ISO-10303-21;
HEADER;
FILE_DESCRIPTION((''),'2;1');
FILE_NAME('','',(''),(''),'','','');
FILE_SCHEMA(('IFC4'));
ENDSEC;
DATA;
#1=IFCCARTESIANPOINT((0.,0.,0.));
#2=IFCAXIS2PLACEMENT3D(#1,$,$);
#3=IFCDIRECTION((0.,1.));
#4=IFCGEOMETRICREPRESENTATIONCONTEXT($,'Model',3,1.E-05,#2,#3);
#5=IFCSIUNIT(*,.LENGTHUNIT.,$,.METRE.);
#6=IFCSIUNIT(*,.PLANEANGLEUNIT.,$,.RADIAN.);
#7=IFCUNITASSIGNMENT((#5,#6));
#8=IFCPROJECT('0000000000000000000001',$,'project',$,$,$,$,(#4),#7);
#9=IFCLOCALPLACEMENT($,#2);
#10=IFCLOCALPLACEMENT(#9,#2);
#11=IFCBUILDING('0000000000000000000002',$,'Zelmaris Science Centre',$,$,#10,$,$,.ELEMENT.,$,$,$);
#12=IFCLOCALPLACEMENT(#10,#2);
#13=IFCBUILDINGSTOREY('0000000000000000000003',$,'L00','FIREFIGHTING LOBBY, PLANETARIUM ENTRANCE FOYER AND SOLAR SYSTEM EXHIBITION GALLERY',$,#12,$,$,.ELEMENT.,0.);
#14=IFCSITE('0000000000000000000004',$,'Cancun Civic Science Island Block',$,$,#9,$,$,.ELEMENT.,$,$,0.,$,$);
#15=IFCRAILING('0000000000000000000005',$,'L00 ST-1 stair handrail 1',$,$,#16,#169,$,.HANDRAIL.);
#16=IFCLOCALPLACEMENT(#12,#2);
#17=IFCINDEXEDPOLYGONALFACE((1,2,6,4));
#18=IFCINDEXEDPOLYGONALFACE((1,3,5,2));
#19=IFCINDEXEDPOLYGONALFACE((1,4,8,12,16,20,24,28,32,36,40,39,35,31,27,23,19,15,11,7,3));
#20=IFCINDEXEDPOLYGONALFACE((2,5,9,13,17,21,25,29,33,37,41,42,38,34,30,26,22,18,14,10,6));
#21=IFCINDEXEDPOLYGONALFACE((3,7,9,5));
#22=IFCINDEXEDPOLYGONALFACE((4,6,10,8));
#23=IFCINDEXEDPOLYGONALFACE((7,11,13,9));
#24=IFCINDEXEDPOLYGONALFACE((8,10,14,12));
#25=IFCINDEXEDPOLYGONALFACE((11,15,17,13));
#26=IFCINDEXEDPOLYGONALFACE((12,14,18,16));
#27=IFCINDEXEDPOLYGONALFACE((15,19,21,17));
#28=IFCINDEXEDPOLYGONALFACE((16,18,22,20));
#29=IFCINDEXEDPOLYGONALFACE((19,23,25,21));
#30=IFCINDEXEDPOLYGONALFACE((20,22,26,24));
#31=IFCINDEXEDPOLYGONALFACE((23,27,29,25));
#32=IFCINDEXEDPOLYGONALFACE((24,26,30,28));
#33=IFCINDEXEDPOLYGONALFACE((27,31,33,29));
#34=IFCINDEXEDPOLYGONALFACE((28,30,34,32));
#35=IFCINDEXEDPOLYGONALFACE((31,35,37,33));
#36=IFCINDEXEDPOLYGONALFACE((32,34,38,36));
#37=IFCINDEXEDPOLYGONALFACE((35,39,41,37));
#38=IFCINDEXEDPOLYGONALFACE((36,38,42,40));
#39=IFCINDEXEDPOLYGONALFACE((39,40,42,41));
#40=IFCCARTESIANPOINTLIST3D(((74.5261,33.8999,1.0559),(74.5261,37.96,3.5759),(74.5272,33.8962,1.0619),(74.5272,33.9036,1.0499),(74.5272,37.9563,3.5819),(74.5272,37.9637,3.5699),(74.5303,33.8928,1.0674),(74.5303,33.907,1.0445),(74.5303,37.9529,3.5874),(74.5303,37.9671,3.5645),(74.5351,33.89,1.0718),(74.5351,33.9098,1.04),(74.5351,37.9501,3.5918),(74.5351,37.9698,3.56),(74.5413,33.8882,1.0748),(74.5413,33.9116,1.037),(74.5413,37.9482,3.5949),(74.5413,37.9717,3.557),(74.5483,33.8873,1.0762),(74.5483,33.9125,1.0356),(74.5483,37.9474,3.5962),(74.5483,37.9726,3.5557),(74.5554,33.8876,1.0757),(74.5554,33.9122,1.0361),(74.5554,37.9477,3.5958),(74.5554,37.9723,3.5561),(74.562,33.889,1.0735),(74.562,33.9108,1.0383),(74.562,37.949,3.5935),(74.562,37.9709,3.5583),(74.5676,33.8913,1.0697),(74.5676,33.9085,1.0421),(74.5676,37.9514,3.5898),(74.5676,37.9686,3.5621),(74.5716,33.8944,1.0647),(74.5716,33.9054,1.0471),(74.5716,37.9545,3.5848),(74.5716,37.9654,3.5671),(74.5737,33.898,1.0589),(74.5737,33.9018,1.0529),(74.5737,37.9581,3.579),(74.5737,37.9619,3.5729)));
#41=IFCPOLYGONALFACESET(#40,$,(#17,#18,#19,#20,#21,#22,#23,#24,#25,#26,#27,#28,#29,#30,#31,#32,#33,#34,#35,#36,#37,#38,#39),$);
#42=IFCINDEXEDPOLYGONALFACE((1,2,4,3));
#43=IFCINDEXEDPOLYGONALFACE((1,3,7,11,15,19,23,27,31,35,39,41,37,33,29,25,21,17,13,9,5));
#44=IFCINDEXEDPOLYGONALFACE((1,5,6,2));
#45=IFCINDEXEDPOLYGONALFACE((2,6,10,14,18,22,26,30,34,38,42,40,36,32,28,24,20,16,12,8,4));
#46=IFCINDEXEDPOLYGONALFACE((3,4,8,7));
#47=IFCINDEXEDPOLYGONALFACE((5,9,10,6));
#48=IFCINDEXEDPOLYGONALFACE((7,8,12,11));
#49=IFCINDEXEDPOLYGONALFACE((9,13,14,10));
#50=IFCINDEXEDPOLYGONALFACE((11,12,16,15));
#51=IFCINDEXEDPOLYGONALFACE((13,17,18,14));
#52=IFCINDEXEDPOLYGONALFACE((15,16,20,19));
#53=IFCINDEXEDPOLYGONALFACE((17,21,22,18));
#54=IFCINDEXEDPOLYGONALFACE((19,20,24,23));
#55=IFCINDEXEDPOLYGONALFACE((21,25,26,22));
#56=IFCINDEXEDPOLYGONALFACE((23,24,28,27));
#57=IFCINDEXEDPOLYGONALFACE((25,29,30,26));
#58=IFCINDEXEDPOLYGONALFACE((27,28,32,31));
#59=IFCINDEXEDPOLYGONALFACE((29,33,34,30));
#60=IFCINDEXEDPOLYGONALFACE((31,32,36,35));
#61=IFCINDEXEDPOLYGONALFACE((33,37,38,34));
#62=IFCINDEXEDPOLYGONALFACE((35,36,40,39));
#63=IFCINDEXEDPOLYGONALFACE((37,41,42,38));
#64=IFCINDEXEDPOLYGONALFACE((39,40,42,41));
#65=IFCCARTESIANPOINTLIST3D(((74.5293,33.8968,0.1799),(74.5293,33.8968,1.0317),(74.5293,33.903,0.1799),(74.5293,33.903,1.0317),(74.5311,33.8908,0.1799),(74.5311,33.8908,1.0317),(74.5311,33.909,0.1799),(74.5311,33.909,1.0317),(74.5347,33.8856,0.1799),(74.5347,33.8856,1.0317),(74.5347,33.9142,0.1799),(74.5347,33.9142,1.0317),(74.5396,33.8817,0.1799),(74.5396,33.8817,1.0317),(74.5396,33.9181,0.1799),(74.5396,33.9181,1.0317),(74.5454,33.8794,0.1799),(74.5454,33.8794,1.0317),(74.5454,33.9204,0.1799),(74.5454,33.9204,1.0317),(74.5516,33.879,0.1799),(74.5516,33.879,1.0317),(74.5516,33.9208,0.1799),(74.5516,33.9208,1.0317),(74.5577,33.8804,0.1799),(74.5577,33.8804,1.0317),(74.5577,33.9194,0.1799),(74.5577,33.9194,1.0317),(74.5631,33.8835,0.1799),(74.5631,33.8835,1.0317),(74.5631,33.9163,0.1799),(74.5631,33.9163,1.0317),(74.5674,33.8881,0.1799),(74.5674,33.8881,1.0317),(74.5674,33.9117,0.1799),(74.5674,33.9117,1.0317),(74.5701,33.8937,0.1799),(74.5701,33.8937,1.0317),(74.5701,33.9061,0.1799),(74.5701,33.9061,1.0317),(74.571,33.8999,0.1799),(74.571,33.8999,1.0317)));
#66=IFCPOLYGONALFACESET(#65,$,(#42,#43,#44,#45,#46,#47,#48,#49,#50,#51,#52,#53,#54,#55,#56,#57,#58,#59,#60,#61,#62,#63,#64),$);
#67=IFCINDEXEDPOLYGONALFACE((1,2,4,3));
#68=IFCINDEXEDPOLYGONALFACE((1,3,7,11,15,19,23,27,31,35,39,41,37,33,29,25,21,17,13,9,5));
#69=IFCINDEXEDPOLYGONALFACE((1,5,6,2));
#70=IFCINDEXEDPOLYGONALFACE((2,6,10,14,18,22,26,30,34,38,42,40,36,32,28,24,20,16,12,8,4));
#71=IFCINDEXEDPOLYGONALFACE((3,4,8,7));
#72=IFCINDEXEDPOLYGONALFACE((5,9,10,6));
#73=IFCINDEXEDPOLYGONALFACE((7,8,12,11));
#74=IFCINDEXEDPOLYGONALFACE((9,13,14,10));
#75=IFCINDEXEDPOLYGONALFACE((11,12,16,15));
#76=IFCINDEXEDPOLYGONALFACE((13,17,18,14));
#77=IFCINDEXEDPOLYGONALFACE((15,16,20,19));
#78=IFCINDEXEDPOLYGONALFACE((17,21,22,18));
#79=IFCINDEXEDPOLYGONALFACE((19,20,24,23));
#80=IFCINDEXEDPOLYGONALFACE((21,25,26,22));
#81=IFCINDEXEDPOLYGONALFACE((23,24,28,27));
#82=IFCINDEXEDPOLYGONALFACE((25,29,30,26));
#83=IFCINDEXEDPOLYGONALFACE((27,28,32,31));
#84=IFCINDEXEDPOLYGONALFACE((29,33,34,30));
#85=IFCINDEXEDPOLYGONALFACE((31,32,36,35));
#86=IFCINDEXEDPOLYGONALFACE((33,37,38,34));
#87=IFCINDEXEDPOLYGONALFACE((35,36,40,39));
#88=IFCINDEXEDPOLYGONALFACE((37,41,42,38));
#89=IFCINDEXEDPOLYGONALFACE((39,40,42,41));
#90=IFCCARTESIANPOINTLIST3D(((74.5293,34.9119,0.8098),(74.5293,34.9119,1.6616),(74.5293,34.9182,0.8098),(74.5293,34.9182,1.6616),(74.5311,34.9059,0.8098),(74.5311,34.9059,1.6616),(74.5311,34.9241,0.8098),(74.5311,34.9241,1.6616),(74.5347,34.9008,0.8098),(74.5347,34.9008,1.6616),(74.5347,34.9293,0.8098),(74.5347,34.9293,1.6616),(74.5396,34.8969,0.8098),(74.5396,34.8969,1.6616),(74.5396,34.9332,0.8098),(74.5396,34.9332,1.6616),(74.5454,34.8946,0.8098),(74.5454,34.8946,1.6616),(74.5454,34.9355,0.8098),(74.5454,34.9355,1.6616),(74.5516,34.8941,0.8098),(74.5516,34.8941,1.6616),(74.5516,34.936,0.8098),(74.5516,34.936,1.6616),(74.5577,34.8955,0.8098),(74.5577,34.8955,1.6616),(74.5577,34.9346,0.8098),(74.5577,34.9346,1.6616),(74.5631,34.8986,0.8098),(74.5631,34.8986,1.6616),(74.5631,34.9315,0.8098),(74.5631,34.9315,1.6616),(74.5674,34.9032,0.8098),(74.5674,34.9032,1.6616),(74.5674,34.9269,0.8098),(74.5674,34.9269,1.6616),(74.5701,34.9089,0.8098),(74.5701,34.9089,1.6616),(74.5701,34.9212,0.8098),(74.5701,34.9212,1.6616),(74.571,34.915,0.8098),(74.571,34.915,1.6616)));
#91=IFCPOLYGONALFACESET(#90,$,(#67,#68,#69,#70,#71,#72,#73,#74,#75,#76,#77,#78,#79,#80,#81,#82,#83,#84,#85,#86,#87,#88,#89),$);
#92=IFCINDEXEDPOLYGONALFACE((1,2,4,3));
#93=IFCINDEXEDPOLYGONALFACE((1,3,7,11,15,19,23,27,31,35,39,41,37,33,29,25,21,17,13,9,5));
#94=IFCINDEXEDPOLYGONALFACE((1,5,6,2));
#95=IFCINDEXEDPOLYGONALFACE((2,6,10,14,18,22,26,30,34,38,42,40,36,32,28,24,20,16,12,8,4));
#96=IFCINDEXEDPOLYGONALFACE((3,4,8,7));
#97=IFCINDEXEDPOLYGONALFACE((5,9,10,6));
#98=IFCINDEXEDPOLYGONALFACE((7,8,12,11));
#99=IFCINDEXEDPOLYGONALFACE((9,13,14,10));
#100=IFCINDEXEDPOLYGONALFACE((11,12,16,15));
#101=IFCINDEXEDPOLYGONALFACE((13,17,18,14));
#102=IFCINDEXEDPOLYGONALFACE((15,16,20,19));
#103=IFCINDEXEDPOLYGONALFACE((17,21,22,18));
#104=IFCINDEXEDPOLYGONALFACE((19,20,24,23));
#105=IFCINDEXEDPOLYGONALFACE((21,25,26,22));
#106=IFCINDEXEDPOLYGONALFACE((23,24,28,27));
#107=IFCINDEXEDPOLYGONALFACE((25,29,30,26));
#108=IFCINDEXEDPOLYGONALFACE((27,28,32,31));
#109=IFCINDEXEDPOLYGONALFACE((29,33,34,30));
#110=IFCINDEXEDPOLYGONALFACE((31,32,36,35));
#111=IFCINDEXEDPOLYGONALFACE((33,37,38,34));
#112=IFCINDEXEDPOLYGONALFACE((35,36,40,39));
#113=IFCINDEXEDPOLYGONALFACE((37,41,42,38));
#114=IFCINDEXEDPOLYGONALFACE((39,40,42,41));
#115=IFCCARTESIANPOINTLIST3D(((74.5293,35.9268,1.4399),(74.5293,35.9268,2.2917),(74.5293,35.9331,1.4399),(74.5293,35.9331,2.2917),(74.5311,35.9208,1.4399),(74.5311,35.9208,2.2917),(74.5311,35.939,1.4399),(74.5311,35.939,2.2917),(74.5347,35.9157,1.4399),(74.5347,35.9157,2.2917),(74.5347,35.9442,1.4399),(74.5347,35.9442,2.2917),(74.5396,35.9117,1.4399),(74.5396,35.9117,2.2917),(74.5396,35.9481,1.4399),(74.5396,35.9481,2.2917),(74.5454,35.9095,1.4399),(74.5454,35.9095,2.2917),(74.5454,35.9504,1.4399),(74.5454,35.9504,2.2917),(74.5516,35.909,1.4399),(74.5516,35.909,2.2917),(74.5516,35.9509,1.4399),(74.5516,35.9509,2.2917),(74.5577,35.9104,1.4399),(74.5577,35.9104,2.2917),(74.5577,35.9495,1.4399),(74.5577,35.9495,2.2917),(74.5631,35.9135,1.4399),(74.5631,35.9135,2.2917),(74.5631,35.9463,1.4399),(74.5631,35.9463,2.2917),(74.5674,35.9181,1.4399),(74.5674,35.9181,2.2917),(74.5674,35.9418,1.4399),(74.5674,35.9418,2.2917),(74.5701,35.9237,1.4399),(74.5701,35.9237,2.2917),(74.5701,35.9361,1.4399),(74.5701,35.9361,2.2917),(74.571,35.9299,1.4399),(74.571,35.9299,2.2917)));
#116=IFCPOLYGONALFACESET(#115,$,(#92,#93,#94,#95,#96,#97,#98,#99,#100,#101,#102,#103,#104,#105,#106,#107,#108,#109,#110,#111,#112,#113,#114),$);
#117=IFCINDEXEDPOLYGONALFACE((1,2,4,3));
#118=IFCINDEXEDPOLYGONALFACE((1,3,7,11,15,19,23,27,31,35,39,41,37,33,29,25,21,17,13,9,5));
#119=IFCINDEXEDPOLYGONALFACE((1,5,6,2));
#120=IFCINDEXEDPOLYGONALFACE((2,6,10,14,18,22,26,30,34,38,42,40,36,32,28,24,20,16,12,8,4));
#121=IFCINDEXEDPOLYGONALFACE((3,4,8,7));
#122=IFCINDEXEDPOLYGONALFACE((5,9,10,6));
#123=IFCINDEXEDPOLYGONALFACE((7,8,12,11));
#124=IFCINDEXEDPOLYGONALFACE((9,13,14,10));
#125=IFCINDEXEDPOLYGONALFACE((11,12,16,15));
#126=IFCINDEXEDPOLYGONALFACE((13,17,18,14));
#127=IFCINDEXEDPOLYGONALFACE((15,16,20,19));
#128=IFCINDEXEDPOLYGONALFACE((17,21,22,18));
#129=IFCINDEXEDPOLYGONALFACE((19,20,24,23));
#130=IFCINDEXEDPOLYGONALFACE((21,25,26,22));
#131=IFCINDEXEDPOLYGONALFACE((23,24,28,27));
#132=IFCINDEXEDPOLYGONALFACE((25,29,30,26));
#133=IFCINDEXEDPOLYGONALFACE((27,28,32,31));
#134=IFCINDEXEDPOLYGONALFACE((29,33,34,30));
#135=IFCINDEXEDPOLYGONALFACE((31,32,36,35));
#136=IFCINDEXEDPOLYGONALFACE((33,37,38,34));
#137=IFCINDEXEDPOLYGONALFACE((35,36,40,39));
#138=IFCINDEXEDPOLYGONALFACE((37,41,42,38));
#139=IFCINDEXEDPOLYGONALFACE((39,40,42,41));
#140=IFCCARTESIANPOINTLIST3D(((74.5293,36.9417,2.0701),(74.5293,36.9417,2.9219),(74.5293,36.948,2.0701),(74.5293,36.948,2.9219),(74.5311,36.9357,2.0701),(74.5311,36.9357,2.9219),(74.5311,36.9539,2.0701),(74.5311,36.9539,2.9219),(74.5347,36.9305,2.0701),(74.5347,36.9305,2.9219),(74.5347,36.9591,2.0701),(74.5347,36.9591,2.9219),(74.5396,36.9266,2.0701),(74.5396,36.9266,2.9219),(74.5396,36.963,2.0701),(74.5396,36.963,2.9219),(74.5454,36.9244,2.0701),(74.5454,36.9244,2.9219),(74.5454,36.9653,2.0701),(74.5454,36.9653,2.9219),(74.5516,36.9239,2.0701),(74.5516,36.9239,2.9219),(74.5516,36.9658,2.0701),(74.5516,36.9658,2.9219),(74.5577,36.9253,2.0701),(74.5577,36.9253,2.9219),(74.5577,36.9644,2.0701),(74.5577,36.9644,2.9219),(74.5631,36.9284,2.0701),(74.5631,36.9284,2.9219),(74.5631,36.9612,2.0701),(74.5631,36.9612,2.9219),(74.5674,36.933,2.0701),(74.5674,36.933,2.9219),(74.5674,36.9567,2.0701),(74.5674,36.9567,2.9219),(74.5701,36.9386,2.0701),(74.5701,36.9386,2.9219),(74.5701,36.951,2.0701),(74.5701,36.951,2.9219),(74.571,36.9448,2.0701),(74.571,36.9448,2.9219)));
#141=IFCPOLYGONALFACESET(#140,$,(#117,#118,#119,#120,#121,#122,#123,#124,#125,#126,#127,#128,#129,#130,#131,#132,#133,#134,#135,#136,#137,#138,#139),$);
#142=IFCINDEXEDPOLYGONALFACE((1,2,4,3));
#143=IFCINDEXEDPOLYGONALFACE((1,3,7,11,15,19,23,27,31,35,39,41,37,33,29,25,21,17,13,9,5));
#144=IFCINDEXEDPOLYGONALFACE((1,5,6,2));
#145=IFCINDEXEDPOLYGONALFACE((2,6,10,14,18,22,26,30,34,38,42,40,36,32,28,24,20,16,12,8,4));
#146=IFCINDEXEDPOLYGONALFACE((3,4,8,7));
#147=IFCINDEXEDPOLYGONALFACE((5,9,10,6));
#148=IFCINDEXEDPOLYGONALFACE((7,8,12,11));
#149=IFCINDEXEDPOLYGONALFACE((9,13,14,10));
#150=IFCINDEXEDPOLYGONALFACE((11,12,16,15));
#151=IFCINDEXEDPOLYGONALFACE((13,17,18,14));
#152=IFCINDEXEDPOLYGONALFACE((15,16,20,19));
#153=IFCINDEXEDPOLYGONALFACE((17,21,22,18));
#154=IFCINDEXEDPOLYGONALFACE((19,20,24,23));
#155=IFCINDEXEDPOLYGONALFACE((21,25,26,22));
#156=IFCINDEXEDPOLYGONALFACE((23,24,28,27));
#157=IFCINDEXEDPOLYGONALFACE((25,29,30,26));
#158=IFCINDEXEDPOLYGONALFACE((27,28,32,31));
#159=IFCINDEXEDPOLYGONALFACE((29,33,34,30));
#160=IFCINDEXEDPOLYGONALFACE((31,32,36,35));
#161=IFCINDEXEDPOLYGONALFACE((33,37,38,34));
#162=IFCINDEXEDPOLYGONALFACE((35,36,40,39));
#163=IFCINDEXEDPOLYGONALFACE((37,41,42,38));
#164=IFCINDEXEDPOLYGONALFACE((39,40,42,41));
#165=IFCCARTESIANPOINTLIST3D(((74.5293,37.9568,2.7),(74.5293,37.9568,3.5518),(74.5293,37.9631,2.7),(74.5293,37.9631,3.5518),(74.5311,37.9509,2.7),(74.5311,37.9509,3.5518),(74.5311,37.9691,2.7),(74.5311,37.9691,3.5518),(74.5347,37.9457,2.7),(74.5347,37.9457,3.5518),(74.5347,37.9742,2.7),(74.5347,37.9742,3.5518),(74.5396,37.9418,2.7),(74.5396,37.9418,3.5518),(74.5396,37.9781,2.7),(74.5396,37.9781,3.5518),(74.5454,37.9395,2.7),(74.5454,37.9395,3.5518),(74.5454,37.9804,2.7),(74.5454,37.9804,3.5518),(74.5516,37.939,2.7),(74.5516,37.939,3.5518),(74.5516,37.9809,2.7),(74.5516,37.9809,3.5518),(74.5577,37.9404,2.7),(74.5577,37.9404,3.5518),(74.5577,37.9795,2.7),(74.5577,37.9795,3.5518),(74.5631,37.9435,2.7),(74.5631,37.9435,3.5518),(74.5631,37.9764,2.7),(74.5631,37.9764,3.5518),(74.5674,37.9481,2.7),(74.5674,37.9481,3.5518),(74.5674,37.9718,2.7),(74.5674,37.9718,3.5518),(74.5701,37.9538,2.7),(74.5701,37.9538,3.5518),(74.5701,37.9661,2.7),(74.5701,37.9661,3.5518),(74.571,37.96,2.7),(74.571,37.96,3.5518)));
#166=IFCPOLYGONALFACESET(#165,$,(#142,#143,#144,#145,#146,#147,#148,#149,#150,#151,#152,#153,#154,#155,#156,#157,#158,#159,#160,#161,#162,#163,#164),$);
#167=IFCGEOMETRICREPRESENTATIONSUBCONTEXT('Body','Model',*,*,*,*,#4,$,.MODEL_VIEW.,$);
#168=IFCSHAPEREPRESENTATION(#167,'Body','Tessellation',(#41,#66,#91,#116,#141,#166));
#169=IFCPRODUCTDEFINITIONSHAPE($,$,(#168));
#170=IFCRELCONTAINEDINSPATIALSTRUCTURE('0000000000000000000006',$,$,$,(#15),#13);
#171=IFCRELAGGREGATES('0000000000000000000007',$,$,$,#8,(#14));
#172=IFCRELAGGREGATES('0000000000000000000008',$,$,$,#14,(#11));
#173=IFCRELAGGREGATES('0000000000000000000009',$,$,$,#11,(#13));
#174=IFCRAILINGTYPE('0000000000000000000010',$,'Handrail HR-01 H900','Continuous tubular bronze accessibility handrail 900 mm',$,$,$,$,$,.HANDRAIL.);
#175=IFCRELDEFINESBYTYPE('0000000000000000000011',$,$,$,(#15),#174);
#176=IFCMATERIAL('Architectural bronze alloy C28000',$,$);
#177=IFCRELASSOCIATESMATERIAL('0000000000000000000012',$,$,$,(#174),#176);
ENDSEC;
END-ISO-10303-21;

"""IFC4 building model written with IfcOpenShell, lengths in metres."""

from ifc_helpers import new_model, si_unit, direction, frame, origin, origin_2d, place, context, subcontext, project, spatial, circle, extrude, material, type_object, element, save


model = new_model("IFC4")

# Units and contexts
model_context = context("Model", 3, precision=1e-05, world=origin(), true_north=direction((0.0, 1.0)))
body_context = subcontext(model_context, "Body", "Model", "MODEL_VIEW")
ifc_project = project(units=[si_unit("LENGTHUNIT", "METRE"), si_unit("PLANEANGLEUNIT", "RADIAN")], contexts=[model_context])

# Site, building, storey
site_placement = place(None, origin())
site = spatial("IfcSite", under=ifc_project, at=site_placement, Name="Cancun Civic Science Island Block", CompositionType="ELEMENT", RefElevation=0.0)
building_placement = place(site_placement, origin())
building = spatial("IfcBuilding", under=site, at=building_placement, Name="Zelmaris Science Centre", CompositionType="ELEMENT")
storey_placement = place(building_placement, origin())
storey = spatial("IfcBuildingStorey", under=building, at=storey_placement, Name="L00", Description="FIREFIGHTING LOBBY, PLANETARIUM ENTRANCE FOYER AND SOLAR SYSTEM EXHIBITION GALLERY", CompositionType="ELEMENT", Elevation=0.0)

# Railing
ifc_material_1 = material(Name="Architectural bronze alloy C28000")
railing_type_1 = type_object("IfcRailingType", Name="Handrail HR-01 H900", Description="Continuous tubular bronze accessibility handrail 900 mm", PredefinedType="HANDRAIL", material=ifc_material_1)
railing_1_placement = place(storey_placement, frame((74.55, 33.8999, 0.1799)))
element("IfcRailing", 1, at=railing_1_placement, inside=storey, type_object=railing_type_1, Name="L00 ST-1 stair handrail 1", PredefinedType="HANDRAIL", context=body_context, shape_type="SweptSolid", body=[
    extrude(circle(Radius=0.0239, at=origin_2d()), frame((0.0, 0.0, 0.876), z_axis=(0.0, 0.849642, 0.52736), x_axis=(-1.0, 0.0, 0.0)), (0.0, 0.0, 1.0), 4.7786),
    extrude(circle(Radius=0.021, at=origin_2d()), origin(), (0.0, 0.0, 1.0), 0.8518),
    extrude(circle(Radius=0.021, at=origin_2d()), frame((0.0, 1.0151, 0.6299)), (0.0, 0.0, 1.0), 0.8518),
    extrude(circle(Radius=0.021, at=origin_2d()), frame((0.0, 2.03, 1.26)), (0.0, 0.0, 1.0), 0.8518),
    extrude(circle(Radius=0.021, at=origin_2d()), frame((0.0, 3.0449, 1.8901)), (0.0, 0.0, 1.0), 0.8518),
    extrude(circle(Radius=0.021, at=origin_2d()), frame((0.0, 4.0601, 2.52)), (0.0, 0.0, 1.0), 0.8518),
])

save(model, "model.ifc")
